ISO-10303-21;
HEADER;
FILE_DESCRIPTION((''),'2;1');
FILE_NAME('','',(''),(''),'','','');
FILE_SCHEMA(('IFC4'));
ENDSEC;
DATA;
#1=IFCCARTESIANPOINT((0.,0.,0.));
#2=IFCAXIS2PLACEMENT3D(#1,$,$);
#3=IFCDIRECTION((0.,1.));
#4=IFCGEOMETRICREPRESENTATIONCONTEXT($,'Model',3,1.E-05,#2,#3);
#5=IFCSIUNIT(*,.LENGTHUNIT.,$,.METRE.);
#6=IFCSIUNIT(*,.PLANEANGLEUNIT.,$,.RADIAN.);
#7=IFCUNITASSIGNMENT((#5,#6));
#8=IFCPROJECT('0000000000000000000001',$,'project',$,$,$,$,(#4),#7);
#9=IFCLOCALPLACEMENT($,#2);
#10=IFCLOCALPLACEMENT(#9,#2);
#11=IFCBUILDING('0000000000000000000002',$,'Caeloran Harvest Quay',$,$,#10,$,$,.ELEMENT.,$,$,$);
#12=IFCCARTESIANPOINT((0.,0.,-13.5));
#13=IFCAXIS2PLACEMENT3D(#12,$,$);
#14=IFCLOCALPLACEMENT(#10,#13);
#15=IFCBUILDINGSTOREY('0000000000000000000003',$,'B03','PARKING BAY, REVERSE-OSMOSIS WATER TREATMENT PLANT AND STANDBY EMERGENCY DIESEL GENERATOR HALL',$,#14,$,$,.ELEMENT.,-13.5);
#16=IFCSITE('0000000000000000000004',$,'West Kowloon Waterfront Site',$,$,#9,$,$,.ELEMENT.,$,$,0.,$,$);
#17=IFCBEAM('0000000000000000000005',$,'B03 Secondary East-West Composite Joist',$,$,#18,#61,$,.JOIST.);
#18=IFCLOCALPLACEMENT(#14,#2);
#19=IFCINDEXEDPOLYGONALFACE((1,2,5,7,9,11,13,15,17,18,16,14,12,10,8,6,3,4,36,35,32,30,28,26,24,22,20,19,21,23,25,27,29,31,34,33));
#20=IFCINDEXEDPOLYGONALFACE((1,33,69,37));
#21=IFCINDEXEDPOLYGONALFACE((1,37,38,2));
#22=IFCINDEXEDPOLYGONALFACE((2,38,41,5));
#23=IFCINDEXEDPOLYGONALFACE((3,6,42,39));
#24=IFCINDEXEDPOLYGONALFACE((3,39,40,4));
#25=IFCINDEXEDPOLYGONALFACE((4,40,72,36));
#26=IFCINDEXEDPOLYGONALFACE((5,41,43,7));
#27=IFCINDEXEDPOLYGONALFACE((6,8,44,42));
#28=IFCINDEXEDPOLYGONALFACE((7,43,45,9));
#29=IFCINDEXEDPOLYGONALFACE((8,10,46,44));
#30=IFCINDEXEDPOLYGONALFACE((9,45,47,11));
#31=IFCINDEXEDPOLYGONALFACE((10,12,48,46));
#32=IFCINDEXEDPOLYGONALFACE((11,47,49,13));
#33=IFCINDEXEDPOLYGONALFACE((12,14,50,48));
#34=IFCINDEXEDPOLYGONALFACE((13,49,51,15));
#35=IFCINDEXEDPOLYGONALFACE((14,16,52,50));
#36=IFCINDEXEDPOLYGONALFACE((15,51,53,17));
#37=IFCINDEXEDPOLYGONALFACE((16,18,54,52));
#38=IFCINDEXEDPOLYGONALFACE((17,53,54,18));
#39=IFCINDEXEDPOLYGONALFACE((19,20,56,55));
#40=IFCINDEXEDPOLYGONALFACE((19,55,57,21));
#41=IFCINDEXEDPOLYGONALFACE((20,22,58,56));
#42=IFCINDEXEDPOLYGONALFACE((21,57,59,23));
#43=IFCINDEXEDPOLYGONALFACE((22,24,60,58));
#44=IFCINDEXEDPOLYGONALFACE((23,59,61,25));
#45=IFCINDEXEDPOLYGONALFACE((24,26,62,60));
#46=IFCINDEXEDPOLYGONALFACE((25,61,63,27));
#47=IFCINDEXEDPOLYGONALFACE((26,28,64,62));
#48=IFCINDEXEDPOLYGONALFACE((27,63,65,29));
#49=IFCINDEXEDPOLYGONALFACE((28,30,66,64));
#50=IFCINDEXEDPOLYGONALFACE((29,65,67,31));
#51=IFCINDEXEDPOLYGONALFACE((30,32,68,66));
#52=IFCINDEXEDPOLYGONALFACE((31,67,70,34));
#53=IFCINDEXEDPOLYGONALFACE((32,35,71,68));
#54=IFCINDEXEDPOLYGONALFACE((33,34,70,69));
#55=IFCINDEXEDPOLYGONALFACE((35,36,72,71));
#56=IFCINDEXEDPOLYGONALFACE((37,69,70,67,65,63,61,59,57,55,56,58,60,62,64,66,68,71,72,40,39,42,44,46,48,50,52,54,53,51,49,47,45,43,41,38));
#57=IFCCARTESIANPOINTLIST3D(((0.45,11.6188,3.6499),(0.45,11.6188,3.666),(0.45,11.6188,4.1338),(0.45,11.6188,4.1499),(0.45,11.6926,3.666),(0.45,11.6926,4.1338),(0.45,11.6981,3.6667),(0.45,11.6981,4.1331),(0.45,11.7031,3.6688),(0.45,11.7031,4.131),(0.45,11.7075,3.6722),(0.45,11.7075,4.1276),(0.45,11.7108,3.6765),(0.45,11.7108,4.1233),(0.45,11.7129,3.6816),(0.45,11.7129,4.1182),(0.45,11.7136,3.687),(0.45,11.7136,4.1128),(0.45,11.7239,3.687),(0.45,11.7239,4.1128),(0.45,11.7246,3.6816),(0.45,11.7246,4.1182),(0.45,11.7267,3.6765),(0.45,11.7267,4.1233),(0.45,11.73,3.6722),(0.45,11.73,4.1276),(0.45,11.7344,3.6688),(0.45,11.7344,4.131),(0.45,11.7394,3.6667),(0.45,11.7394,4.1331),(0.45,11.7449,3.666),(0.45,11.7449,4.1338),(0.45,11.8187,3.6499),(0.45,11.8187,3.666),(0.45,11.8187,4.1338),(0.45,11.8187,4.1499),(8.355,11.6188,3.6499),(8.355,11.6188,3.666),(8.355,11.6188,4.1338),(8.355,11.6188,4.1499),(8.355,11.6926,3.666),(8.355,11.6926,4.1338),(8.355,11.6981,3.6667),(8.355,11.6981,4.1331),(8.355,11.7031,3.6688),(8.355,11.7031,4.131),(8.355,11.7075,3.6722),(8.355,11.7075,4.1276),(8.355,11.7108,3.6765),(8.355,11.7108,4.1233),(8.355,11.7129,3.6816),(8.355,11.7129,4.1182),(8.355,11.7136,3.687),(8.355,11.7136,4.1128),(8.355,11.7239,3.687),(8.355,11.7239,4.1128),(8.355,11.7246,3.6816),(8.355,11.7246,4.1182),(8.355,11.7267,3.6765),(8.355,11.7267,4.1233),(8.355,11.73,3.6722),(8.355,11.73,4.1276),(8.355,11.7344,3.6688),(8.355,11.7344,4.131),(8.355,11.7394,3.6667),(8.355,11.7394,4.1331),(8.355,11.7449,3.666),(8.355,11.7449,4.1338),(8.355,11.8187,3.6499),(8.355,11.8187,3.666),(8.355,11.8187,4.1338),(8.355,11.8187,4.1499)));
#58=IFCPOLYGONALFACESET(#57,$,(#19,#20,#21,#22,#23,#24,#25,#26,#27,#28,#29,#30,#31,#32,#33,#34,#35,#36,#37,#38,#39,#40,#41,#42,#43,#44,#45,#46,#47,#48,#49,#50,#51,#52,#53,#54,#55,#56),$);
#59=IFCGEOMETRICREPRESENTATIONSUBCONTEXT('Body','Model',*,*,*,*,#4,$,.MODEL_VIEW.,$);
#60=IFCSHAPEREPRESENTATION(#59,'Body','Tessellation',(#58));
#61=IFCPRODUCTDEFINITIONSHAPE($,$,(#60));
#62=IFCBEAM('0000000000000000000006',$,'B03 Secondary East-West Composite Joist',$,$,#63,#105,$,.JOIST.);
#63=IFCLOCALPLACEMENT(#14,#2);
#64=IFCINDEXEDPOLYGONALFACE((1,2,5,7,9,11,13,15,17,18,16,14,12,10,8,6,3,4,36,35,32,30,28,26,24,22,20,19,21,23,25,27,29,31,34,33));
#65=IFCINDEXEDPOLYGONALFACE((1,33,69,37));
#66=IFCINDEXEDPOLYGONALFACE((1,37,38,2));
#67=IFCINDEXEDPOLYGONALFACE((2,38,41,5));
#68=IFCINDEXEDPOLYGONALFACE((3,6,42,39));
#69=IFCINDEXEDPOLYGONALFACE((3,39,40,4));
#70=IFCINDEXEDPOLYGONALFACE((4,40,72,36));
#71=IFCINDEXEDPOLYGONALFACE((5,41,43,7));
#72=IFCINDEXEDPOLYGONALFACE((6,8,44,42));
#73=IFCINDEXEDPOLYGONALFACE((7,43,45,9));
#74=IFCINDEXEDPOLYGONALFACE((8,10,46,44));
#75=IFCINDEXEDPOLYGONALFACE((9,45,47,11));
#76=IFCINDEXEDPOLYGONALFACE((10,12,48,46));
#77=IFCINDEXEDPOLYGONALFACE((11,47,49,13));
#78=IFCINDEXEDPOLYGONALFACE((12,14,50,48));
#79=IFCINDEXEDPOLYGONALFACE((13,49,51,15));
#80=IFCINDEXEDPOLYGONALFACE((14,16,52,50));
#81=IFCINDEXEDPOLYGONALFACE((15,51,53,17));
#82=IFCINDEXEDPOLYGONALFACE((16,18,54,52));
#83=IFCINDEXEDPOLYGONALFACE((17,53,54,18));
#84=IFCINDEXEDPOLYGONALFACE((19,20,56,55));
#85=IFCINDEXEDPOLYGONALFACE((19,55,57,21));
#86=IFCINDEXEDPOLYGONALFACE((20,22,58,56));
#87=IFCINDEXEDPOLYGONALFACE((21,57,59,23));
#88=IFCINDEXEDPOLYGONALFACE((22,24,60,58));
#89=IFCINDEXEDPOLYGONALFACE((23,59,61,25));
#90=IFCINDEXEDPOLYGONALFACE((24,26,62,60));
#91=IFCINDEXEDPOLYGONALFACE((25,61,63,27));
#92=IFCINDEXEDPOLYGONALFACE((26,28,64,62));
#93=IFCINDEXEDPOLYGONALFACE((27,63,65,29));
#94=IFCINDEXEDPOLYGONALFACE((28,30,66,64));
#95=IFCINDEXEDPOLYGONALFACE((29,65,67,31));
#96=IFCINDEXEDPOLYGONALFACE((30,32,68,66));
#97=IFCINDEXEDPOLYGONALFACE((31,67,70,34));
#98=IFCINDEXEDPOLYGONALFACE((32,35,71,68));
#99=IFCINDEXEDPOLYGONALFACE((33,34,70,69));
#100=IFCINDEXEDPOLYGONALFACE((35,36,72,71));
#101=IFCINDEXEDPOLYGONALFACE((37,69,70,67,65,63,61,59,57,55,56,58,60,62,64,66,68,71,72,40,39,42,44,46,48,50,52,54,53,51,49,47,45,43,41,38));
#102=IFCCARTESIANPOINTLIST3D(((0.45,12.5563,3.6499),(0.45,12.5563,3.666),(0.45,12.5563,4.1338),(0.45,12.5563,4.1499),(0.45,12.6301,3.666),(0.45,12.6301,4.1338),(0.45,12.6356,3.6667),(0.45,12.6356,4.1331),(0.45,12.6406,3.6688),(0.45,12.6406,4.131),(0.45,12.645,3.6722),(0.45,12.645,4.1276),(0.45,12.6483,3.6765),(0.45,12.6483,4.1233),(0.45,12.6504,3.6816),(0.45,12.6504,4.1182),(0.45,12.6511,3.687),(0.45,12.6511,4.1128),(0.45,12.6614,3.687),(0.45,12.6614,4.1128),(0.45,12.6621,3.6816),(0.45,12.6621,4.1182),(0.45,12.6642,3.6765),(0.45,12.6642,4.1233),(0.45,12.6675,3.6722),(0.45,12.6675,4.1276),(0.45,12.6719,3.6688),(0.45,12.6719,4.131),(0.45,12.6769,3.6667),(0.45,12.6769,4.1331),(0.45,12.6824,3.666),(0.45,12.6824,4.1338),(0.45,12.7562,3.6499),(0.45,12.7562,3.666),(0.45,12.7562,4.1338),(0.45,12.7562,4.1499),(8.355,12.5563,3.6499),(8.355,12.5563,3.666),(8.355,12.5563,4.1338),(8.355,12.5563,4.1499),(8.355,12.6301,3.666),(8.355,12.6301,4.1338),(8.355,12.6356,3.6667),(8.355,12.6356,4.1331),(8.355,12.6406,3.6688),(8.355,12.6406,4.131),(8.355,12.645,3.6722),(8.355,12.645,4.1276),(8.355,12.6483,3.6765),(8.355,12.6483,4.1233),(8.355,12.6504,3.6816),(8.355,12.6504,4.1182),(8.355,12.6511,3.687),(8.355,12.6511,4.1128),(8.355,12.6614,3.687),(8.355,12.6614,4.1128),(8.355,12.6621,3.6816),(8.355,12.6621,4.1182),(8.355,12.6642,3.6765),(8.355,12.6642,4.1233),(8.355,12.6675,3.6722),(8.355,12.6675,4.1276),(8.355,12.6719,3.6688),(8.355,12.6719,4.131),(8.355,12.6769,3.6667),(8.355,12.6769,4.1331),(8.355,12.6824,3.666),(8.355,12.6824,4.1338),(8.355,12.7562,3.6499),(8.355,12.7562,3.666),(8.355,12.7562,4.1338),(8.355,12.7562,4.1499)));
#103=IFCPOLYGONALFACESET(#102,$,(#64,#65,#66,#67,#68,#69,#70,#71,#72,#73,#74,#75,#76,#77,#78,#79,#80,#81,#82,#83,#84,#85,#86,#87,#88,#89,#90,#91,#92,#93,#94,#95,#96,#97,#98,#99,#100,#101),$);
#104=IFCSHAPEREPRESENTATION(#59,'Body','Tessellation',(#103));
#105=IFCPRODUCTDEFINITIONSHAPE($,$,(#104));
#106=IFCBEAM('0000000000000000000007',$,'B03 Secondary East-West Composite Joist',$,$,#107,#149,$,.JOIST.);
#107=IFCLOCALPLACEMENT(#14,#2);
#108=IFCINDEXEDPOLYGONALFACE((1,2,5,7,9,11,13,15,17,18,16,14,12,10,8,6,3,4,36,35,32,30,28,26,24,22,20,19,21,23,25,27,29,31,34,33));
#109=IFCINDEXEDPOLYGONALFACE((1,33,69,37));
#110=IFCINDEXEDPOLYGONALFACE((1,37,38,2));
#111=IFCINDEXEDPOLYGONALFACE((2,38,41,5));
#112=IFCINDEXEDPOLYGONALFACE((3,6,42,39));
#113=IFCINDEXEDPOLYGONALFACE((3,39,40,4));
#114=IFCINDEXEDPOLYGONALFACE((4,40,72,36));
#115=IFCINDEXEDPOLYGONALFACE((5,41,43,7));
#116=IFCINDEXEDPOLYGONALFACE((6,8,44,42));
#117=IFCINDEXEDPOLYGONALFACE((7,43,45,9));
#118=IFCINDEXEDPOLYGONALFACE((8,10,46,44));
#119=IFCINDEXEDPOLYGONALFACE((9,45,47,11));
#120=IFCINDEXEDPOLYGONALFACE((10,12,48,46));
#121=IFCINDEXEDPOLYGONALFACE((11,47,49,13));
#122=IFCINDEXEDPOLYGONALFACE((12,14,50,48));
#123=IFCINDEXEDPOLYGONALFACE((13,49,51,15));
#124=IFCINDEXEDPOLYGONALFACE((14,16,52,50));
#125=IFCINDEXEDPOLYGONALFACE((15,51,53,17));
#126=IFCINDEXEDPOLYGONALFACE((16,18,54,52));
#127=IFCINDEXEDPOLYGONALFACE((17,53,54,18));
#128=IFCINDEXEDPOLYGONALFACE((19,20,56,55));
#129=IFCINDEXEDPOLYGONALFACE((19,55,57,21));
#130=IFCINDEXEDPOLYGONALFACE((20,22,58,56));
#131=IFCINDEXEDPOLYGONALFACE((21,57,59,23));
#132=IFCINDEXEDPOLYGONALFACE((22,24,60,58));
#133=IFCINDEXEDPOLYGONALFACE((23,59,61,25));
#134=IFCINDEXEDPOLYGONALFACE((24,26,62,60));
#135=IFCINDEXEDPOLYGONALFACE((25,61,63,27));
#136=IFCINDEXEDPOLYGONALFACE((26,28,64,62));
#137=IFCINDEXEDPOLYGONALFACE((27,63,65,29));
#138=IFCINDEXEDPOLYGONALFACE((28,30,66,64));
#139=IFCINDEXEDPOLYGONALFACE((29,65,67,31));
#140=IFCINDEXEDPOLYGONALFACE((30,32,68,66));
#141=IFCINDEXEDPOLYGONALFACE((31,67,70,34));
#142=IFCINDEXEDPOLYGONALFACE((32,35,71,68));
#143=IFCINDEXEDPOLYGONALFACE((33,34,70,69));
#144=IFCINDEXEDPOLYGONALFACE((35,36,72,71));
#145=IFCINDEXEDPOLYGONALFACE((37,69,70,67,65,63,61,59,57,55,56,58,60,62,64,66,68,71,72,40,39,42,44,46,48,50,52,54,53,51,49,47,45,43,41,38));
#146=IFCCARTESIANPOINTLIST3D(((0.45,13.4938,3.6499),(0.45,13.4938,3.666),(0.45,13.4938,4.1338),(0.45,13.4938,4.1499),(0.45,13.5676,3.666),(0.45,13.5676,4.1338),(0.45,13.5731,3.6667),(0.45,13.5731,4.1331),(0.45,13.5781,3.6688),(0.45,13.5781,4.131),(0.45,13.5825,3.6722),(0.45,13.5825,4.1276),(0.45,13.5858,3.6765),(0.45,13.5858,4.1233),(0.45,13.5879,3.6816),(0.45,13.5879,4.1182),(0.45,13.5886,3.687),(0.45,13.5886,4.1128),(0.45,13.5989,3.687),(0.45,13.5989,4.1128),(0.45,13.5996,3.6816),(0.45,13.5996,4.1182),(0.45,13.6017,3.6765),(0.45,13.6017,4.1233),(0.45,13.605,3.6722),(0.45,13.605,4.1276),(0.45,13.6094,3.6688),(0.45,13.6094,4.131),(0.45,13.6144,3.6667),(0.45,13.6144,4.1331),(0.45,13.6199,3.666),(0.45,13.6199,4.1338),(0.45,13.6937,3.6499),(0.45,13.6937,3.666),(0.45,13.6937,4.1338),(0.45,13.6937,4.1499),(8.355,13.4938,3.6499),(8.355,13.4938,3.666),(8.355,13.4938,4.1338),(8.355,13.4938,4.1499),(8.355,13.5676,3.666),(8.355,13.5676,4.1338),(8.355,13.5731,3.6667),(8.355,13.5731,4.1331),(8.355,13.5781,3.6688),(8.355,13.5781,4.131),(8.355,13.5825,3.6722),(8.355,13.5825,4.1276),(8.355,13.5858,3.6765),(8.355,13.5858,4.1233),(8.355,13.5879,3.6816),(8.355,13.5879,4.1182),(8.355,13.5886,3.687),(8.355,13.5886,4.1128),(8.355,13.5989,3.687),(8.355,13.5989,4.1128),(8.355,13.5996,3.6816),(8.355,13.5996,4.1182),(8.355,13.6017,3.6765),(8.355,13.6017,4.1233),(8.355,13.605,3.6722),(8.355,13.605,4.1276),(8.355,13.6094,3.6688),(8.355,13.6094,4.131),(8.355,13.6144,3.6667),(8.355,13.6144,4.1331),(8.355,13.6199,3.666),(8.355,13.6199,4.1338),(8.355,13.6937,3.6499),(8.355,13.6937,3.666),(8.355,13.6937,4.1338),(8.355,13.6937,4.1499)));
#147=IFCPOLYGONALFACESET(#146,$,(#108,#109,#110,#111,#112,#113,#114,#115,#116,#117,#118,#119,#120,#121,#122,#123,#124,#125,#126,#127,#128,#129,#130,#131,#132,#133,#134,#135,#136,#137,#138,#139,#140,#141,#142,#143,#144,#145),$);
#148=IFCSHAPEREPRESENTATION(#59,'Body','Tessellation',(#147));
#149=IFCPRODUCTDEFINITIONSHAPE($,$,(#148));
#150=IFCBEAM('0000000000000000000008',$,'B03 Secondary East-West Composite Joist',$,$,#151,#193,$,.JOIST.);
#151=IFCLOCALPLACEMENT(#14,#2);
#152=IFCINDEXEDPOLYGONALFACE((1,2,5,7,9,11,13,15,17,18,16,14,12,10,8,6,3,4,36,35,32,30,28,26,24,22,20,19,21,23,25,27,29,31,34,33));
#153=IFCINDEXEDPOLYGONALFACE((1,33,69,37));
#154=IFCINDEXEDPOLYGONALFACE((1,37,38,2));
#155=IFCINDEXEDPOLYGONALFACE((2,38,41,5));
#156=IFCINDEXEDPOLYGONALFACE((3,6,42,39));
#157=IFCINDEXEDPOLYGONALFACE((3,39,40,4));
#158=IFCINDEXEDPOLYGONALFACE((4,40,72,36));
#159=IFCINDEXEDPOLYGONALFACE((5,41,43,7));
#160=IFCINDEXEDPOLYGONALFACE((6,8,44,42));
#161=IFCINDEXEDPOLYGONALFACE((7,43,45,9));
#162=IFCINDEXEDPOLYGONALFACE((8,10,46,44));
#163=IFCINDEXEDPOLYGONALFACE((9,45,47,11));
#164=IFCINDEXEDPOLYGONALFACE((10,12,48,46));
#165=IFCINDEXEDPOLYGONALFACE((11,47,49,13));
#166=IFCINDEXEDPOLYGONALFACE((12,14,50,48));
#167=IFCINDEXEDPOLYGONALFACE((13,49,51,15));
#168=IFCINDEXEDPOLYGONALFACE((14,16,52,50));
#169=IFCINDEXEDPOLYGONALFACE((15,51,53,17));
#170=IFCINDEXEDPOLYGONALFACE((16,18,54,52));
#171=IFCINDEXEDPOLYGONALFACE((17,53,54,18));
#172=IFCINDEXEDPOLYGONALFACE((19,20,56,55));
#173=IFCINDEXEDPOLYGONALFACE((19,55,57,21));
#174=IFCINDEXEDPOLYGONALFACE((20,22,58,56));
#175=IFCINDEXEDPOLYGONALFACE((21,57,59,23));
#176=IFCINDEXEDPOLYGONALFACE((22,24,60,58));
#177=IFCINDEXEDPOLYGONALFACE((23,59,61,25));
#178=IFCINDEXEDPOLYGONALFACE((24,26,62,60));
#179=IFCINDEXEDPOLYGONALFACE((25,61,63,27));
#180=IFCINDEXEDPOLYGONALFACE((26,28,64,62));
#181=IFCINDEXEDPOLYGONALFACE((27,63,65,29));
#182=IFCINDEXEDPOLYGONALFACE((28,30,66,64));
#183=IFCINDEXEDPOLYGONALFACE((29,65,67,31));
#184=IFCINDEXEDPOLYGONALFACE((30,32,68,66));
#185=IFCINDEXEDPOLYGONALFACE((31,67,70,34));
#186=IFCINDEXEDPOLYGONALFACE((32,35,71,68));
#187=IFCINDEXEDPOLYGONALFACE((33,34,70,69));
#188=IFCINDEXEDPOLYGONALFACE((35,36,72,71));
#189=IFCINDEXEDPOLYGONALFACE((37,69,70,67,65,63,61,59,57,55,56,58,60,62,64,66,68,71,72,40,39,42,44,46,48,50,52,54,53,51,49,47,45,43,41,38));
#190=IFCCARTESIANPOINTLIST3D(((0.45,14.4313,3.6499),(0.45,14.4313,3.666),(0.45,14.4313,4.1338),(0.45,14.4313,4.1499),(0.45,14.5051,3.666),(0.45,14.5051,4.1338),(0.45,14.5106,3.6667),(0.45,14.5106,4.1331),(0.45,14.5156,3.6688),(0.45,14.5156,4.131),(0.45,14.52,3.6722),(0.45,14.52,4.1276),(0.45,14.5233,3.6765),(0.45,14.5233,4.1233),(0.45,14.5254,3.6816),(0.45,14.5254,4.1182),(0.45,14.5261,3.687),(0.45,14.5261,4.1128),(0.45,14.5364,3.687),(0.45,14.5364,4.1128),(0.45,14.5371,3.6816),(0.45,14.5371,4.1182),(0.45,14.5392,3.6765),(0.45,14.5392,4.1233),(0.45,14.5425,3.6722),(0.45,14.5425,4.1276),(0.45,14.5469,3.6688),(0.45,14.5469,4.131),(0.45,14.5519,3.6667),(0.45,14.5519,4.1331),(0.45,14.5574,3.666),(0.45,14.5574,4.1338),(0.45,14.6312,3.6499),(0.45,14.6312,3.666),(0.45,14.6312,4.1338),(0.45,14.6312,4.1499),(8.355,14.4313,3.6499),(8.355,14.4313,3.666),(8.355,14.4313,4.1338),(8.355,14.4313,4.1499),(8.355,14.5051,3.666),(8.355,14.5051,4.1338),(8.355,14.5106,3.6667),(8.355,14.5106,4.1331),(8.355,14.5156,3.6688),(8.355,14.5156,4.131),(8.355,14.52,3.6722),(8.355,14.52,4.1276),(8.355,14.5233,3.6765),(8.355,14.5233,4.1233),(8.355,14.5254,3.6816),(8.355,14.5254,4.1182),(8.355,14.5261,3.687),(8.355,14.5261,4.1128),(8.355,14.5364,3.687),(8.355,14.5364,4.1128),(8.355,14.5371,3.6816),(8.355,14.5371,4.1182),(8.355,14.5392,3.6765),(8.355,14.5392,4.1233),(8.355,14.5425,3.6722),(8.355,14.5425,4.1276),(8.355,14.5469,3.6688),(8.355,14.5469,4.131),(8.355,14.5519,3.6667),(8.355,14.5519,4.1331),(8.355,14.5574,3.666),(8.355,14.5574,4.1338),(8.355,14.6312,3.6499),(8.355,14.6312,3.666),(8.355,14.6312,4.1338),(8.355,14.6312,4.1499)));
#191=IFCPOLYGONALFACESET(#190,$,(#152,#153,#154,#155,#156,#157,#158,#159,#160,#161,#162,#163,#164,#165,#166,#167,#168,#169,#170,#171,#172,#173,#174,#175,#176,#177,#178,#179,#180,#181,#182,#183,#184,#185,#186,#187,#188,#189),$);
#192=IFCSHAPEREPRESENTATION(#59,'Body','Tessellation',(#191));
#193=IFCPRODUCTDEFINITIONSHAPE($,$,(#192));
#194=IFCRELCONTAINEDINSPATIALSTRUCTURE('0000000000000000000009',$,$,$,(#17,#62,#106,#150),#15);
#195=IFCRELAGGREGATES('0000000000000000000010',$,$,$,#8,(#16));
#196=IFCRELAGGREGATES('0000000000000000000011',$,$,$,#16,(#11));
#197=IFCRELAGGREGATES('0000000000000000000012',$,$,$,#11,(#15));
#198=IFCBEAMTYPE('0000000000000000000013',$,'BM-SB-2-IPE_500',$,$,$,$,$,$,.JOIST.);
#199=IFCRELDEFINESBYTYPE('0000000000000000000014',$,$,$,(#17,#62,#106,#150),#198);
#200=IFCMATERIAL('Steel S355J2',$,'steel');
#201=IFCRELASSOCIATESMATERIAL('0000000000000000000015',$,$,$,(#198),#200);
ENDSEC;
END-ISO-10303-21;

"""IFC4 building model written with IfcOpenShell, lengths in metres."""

from ifc_helpers import new_model, si_unit, direction, frame, origin, origin_2d, place, context, subcontext, project, spatial, i_section, extrude, material, material_profile, profile_set, type_object, element, save


model = new_model("IFC4")

# Units and contexts
model_context = context("Model", 3, precision=1e-05, world=origin(), true_north=direction((0.0, 1.0)))
body_context = subcontext(model_context, "Body", "Model", "MODEL_VIEW")
ifc_project = project(units=[si_unit("LENGTHUNIT", "METRE"), si_unit("PLANEANGLEUNIT", "RADIAN")], contexts=[model_context])

# Site, building, storey
site_placement = place(None, origin())
site = spatial("IfcSite", under=ifc_project, at=site_placement, Name="West Kowloon Waterfront Site", CompositionType="ELEMENT", RefElevation=0.0)
building_placement = place(site_placement, origin())
building = spatial("IfcBuilding", under=site, at=building_placement, Name="Caeloran Harvest Quay", CompositionType="ELEMENT")
storey_placement = place(building_placement, frame((0.0, 0.0, -13.5)))
storey = spatial("IfcBuildingStorey", under=building, at=storey_placement, Name="B03", Description="PARKING BAY, REVERSE-OSMOSIS WATER TREATMENT PLANT AND STANDBY EMERGENCY DIESEL GENERATOR HALL", CompositionType="ELEMENT", Elevation=-13.5)

# Beams
ifc_material_1 = material(Name="Steel S355J2", Category="steel")
ifc_material_profile_1 = material_profile(ifc_material_1, i_section(OverallWidth=0.2, OverallDepth=0.5, WebThickness=0.0103, FlangeThickness=0.0161, FilletRadius=0.021, at=origin_2d()), Name="IPE 500")
ifc_profile_set_1 = profile_set([ifc_material_profile_1], Name="Steel S355J2")
beam_type_1 = type_object("IfcBeamType", Name="BM-SB-2-IPE_500", PredefinedType="JOIST", material=ifc_profile_set_1)
for number, where, z_axis, x_axis, name in (
    (1, (0.45, 11.7188, 3.8999), (1.0, 0.0, 0.0), (0.0, 1.0, 0.0), "B03 Secondary East-West Composite Joist"),
    (2, (0.45, 12.6562, 3.8999), (1.0, 0.0, 0.0), (0.0, 1.0, 0.0), "B03 Secondary East-West Composite Joist"),
    (3, (0.45, 13.5938, 3.8999), (1.0, 0.0, 0.0), (0.0, 1.0, 0.0), "B03 Secondary East-West Composite Joist"),
    (4, (0.45, 14.5312, 3.8999), (1.0, 0.0, 0.0), (0.0, 1.0, 0.0), "B03 Secondary East-West Composite Joist"),
):
    element("IfcBeam", number, at=place(storey_placement, frame(where, z_axis=z_axis, x_axis=x_axis)), inside=storey, type_object=beam_type_1, Name=name, PredefinedType="JOIST", context=body_context, shape_type="SweptSolid", body=[
        extrude(i_section(OverallWidth=0.2, OverallDepth=0.5, WebThickness=0.0103, FlangeThickness=0.0161, FilletRadius=0.021, at=origin_2d()), origin(), (0.0, 0.0, 1.0), 7.905),
    ])

save(model, "model.ifc")
